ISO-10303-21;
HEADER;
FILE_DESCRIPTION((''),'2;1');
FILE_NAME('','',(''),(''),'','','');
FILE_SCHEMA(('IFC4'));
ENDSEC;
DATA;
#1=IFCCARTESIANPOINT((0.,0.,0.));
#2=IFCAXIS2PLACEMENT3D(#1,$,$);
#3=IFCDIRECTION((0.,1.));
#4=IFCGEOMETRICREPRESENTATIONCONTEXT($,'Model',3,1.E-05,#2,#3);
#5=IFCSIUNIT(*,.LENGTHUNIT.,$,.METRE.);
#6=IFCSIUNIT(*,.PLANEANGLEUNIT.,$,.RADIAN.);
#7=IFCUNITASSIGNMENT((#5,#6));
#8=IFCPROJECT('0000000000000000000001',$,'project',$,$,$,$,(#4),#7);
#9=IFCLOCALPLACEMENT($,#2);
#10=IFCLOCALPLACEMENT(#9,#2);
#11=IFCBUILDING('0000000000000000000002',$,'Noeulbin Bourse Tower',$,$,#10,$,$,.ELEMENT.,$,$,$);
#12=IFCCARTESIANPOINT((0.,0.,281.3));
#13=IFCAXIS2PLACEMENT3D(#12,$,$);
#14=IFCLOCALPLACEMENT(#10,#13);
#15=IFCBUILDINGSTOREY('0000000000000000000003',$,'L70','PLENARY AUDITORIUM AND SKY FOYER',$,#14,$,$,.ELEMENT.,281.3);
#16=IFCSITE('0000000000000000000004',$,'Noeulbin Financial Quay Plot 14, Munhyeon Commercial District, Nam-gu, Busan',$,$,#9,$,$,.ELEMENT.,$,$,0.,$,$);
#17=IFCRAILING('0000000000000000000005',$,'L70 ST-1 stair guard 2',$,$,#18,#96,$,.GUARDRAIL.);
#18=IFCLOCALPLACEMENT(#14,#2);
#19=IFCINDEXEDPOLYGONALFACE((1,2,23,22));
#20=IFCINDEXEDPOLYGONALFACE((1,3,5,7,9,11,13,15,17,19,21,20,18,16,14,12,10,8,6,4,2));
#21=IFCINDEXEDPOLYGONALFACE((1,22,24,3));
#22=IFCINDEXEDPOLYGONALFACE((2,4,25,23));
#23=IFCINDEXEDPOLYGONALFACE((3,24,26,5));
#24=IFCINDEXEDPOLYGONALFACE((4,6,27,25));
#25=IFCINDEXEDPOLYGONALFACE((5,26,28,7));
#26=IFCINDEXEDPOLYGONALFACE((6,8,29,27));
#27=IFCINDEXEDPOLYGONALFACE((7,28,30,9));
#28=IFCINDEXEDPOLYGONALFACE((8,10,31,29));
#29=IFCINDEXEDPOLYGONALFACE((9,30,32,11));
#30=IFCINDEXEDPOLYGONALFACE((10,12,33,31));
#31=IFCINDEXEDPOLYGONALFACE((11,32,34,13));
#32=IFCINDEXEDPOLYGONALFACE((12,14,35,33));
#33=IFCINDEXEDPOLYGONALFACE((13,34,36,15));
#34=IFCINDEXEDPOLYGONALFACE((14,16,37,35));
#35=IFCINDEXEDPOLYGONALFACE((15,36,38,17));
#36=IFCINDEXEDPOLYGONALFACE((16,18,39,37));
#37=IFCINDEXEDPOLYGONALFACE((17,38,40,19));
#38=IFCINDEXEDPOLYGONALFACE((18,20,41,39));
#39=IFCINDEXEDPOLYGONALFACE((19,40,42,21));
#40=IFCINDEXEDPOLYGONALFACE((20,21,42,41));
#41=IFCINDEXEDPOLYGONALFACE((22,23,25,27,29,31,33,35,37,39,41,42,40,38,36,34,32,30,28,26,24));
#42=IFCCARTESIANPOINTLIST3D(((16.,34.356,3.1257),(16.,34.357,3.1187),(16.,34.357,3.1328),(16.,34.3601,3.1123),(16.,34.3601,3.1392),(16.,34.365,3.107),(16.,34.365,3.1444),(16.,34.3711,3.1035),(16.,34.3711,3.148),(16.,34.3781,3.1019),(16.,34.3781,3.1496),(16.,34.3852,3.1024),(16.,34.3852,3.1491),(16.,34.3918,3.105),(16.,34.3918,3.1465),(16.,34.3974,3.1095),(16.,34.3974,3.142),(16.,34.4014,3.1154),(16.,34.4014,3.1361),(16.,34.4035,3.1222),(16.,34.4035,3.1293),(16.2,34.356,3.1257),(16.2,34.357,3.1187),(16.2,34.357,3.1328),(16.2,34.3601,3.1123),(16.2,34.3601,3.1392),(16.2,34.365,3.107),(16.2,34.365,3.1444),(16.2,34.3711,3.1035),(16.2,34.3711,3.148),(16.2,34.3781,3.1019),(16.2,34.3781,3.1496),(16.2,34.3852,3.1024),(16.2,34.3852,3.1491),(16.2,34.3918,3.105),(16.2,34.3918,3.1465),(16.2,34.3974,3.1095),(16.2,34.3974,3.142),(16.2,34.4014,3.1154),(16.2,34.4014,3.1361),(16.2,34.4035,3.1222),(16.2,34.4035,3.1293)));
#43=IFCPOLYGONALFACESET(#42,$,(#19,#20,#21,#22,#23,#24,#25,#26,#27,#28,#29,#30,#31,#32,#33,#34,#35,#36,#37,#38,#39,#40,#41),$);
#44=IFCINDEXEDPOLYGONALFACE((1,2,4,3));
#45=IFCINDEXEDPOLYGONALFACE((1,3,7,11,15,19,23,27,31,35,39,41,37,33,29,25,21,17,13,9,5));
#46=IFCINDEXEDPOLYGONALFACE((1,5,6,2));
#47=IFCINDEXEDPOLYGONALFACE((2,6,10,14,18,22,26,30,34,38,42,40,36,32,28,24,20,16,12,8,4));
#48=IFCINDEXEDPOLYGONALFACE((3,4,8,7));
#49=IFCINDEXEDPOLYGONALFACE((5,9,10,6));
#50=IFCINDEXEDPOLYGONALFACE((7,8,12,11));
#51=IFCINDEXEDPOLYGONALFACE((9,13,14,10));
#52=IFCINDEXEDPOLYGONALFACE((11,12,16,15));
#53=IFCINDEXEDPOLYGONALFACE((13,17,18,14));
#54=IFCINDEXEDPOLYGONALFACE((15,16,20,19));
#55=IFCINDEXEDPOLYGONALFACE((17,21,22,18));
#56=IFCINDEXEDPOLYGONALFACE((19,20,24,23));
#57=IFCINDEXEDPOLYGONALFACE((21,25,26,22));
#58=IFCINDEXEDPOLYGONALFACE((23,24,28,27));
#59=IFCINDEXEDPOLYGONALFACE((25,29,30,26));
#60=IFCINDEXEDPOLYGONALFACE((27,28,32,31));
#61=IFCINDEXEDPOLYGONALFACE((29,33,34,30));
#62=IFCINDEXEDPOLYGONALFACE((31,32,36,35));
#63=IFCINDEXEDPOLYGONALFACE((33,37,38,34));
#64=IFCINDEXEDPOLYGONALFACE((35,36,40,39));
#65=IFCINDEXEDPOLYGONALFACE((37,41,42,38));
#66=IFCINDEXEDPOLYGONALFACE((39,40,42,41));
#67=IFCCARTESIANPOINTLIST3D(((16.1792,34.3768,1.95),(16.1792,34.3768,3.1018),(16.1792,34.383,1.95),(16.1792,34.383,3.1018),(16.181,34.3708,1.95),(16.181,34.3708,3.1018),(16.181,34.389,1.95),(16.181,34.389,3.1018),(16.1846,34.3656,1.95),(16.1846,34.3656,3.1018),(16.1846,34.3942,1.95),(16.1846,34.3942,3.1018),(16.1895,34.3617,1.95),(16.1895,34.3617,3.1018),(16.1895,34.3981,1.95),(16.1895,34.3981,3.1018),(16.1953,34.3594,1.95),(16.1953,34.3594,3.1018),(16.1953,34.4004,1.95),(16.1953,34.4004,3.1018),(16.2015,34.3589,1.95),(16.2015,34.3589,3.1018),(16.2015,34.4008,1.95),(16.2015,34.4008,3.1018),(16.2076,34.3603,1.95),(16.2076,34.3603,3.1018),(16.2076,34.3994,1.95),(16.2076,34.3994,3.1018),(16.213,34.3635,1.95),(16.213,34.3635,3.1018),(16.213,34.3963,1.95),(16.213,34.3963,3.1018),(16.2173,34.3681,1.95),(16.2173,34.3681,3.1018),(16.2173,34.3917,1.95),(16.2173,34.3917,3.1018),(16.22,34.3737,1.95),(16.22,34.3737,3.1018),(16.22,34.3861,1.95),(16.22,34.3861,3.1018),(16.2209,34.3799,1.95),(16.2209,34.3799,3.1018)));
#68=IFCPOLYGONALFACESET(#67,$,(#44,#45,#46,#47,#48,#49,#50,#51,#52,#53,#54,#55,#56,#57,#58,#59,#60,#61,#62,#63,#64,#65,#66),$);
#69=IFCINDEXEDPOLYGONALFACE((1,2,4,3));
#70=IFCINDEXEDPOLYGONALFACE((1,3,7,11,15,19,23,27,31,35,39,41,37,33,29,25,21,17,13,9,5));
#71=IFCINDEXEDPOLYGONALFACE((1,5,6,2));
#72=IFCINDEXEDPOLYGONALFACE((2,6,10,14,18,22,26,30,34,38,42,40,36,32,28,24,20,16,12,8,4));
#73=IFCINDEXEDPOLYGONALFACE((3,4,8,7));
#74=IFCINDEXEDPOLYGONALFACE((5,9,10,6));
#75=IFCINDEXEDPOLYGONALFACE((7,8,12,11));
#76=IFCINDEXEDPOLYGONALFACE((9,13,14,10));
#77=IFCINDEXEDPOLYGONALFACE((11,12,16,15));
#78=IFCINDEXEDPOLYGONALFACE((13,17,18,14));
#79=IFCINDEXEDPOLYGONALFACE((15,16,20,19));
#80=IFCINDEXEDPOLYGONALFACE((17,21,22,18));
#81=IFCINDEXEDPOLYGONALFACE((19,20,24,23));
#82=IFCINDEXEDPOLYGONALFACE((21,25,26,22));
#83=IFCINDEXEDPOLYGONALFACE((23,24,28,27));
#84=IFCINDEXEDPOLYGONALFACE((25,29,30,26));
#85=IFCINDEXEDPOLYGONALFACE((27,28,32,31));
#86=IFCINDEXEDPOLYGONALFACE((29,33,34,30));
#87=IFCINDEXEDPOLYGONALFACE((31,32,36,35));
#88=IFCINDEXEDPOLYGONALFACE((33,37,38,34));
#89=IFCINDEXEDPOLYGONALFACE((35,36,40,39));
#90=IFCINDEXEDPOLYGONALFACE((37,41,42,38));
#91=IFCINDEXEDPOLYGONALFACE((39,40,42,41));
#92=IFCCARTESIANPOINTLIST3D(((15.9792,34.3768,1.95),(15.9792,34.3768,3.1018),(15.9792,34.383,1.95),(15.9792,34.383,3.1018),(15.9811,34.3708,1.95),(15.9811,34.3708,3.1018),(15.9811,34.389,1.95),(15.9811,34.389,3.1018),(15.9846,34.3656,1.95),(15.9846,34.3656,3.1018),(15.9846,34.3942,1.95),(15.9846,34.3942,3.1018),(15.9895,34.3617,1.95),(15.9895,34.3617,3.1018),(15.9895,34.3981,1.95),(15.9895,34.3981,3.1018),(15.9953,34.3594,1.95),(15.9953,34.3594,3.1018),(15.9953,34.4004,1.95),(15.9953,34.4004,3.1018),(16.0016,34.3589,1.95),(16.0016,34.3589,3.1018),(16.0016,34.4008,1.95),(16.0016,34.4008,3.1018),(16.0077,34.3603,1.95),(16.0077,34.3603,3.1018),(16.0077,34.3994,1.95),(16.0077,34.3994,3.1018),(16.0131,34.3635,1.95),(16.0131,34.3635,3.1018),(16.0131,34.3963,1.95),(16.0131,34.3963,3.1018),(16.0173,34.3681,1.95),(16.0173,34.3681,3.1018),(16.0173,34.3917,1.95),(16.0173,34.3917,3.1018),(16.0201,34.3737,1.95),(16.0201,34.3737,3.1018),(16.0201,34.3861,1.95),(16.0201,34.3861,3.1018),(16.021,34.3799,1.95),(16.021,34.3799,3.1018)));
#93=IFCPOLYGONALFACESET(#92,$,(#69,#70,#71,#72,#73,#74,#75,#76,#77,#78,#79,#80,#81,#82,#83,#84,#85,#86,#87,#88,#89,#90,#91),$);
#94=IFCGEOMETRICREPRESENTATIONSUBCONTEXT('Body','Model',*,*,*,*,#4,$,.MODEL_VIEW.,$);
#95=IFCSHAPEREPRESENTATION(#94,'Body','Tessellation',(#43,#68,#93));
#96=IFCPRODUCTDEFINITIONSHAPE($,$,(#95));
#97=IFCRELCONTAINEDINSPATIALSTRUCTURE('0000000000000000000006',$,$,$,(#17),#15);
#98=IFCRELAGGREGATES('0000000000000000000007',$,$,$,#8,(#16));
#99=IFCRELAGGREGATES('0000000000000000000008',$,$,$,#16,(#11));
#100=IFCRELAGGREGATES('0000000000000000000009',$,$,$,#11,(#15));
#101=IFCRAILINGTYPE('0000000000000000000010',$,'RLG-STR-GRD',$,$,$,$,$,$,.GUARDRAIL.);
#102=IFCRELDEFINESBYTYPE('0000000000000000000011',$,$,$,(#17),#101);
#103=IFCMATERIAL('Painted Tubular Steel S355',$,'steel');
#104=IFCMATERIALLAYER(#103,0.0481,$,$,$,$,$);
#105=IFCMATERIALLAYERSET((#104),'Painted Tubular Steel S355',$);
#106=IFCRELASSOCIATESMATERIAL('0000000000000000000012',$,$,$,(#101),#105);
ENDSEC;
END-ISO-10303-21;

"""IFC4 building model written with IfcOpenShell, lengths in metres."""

from ifc_helpers import new_model, si_unit, direction, frame, origin, origin_2d, place, context, subcontext, project, spatial, circle, extrude, material, layer, layer_set, type_object, element, save


model = new_model("IFC4")

# Units and contexts
model_context = context("Model", 3, precision=1e-05, world=origin(), true_north=direction((0.0, 1.0)))
body_context = subcontext(model_context, "Body", "Model", "MODEL_VIEW")
ifc_project = project(units=[si_unit("LENGTHUNIT", "METRE"), si_unit("PLANEANGLEUNIT", "RADIAN")], contexts=[model_context])

# Site, building, storey
site_placement = place(None, origin())
site = spatial("IfcSite", under=ifc_project, at=site_placement, Name="Noeulbin Financial Quay Plot 14, Munhyeon Commercial District, Nam-gu, Busan", CompositionType="ELEMENT", RefElevation=0.0)
building_placement = place(site_placement, origin())
building = spatial("IfcBuilding", under=site, at=building_placement, Name="Noeulbin Bourse Tower", CompositionType="ELEMENT")
storey_placement = place(building_placement, frame((0.0, 0.0, 281.3)))
storey = spatial("IfcBuildingStorey", under=building, at=storey_placement, Name="L70", Description="PLENARY AUDITORIUM AND SKY FOYER", CompositionType="ELEMENT", Elevation=281.3)

# Railing
ifc_material_1 = material(Name="Painted Tubular Steel S355", Category="steel")
ifc_layer_1 = layer(ifc_material_1, 0.0481)
ifc_layer_set_1 = layer_set([ifc_layer_1], Name="Painted Tubular Steel S355")
railing_type_1 = type_object("IfcRailingType", Name="RLG-STR-GRD", PredefinedType="GUARDRAIL", material=ifc_layer_set_1)
railing_1_placement = place(storey_placement, frame((16.2, 34.3799, 1.95)))
element("IfcRailing", 1, at=railing_1_placement, inside=storey, type_object=railing_type_1, Name="L70 ST-1 stair guard 2", PredefinedType="GUARDRAIL", context=body_context, shape_type="SweptSolid", body=[
    extrude(circle(Radius=0.0239, at=origin_2d()), frame((0.0, 0.0, 1.1758), z_axis=(-1.0, 0.0, 0.0), x_axis=(0.0, -1.0, 0.0)), (0.0, 0.0, 1.0), 0.2),
    extrude(circle(Radius=0.021, at=origin_2d()), origin(), (0.0, 0.0, 1.0), 1.1519),
    extrude(circle(Radius=0.021, at=origin_2d()), frame((-0.2, 0.0, 0.0)), (0.0, 0.0, 1.0), 1.1519),
])

save(model, "model.ifc")
